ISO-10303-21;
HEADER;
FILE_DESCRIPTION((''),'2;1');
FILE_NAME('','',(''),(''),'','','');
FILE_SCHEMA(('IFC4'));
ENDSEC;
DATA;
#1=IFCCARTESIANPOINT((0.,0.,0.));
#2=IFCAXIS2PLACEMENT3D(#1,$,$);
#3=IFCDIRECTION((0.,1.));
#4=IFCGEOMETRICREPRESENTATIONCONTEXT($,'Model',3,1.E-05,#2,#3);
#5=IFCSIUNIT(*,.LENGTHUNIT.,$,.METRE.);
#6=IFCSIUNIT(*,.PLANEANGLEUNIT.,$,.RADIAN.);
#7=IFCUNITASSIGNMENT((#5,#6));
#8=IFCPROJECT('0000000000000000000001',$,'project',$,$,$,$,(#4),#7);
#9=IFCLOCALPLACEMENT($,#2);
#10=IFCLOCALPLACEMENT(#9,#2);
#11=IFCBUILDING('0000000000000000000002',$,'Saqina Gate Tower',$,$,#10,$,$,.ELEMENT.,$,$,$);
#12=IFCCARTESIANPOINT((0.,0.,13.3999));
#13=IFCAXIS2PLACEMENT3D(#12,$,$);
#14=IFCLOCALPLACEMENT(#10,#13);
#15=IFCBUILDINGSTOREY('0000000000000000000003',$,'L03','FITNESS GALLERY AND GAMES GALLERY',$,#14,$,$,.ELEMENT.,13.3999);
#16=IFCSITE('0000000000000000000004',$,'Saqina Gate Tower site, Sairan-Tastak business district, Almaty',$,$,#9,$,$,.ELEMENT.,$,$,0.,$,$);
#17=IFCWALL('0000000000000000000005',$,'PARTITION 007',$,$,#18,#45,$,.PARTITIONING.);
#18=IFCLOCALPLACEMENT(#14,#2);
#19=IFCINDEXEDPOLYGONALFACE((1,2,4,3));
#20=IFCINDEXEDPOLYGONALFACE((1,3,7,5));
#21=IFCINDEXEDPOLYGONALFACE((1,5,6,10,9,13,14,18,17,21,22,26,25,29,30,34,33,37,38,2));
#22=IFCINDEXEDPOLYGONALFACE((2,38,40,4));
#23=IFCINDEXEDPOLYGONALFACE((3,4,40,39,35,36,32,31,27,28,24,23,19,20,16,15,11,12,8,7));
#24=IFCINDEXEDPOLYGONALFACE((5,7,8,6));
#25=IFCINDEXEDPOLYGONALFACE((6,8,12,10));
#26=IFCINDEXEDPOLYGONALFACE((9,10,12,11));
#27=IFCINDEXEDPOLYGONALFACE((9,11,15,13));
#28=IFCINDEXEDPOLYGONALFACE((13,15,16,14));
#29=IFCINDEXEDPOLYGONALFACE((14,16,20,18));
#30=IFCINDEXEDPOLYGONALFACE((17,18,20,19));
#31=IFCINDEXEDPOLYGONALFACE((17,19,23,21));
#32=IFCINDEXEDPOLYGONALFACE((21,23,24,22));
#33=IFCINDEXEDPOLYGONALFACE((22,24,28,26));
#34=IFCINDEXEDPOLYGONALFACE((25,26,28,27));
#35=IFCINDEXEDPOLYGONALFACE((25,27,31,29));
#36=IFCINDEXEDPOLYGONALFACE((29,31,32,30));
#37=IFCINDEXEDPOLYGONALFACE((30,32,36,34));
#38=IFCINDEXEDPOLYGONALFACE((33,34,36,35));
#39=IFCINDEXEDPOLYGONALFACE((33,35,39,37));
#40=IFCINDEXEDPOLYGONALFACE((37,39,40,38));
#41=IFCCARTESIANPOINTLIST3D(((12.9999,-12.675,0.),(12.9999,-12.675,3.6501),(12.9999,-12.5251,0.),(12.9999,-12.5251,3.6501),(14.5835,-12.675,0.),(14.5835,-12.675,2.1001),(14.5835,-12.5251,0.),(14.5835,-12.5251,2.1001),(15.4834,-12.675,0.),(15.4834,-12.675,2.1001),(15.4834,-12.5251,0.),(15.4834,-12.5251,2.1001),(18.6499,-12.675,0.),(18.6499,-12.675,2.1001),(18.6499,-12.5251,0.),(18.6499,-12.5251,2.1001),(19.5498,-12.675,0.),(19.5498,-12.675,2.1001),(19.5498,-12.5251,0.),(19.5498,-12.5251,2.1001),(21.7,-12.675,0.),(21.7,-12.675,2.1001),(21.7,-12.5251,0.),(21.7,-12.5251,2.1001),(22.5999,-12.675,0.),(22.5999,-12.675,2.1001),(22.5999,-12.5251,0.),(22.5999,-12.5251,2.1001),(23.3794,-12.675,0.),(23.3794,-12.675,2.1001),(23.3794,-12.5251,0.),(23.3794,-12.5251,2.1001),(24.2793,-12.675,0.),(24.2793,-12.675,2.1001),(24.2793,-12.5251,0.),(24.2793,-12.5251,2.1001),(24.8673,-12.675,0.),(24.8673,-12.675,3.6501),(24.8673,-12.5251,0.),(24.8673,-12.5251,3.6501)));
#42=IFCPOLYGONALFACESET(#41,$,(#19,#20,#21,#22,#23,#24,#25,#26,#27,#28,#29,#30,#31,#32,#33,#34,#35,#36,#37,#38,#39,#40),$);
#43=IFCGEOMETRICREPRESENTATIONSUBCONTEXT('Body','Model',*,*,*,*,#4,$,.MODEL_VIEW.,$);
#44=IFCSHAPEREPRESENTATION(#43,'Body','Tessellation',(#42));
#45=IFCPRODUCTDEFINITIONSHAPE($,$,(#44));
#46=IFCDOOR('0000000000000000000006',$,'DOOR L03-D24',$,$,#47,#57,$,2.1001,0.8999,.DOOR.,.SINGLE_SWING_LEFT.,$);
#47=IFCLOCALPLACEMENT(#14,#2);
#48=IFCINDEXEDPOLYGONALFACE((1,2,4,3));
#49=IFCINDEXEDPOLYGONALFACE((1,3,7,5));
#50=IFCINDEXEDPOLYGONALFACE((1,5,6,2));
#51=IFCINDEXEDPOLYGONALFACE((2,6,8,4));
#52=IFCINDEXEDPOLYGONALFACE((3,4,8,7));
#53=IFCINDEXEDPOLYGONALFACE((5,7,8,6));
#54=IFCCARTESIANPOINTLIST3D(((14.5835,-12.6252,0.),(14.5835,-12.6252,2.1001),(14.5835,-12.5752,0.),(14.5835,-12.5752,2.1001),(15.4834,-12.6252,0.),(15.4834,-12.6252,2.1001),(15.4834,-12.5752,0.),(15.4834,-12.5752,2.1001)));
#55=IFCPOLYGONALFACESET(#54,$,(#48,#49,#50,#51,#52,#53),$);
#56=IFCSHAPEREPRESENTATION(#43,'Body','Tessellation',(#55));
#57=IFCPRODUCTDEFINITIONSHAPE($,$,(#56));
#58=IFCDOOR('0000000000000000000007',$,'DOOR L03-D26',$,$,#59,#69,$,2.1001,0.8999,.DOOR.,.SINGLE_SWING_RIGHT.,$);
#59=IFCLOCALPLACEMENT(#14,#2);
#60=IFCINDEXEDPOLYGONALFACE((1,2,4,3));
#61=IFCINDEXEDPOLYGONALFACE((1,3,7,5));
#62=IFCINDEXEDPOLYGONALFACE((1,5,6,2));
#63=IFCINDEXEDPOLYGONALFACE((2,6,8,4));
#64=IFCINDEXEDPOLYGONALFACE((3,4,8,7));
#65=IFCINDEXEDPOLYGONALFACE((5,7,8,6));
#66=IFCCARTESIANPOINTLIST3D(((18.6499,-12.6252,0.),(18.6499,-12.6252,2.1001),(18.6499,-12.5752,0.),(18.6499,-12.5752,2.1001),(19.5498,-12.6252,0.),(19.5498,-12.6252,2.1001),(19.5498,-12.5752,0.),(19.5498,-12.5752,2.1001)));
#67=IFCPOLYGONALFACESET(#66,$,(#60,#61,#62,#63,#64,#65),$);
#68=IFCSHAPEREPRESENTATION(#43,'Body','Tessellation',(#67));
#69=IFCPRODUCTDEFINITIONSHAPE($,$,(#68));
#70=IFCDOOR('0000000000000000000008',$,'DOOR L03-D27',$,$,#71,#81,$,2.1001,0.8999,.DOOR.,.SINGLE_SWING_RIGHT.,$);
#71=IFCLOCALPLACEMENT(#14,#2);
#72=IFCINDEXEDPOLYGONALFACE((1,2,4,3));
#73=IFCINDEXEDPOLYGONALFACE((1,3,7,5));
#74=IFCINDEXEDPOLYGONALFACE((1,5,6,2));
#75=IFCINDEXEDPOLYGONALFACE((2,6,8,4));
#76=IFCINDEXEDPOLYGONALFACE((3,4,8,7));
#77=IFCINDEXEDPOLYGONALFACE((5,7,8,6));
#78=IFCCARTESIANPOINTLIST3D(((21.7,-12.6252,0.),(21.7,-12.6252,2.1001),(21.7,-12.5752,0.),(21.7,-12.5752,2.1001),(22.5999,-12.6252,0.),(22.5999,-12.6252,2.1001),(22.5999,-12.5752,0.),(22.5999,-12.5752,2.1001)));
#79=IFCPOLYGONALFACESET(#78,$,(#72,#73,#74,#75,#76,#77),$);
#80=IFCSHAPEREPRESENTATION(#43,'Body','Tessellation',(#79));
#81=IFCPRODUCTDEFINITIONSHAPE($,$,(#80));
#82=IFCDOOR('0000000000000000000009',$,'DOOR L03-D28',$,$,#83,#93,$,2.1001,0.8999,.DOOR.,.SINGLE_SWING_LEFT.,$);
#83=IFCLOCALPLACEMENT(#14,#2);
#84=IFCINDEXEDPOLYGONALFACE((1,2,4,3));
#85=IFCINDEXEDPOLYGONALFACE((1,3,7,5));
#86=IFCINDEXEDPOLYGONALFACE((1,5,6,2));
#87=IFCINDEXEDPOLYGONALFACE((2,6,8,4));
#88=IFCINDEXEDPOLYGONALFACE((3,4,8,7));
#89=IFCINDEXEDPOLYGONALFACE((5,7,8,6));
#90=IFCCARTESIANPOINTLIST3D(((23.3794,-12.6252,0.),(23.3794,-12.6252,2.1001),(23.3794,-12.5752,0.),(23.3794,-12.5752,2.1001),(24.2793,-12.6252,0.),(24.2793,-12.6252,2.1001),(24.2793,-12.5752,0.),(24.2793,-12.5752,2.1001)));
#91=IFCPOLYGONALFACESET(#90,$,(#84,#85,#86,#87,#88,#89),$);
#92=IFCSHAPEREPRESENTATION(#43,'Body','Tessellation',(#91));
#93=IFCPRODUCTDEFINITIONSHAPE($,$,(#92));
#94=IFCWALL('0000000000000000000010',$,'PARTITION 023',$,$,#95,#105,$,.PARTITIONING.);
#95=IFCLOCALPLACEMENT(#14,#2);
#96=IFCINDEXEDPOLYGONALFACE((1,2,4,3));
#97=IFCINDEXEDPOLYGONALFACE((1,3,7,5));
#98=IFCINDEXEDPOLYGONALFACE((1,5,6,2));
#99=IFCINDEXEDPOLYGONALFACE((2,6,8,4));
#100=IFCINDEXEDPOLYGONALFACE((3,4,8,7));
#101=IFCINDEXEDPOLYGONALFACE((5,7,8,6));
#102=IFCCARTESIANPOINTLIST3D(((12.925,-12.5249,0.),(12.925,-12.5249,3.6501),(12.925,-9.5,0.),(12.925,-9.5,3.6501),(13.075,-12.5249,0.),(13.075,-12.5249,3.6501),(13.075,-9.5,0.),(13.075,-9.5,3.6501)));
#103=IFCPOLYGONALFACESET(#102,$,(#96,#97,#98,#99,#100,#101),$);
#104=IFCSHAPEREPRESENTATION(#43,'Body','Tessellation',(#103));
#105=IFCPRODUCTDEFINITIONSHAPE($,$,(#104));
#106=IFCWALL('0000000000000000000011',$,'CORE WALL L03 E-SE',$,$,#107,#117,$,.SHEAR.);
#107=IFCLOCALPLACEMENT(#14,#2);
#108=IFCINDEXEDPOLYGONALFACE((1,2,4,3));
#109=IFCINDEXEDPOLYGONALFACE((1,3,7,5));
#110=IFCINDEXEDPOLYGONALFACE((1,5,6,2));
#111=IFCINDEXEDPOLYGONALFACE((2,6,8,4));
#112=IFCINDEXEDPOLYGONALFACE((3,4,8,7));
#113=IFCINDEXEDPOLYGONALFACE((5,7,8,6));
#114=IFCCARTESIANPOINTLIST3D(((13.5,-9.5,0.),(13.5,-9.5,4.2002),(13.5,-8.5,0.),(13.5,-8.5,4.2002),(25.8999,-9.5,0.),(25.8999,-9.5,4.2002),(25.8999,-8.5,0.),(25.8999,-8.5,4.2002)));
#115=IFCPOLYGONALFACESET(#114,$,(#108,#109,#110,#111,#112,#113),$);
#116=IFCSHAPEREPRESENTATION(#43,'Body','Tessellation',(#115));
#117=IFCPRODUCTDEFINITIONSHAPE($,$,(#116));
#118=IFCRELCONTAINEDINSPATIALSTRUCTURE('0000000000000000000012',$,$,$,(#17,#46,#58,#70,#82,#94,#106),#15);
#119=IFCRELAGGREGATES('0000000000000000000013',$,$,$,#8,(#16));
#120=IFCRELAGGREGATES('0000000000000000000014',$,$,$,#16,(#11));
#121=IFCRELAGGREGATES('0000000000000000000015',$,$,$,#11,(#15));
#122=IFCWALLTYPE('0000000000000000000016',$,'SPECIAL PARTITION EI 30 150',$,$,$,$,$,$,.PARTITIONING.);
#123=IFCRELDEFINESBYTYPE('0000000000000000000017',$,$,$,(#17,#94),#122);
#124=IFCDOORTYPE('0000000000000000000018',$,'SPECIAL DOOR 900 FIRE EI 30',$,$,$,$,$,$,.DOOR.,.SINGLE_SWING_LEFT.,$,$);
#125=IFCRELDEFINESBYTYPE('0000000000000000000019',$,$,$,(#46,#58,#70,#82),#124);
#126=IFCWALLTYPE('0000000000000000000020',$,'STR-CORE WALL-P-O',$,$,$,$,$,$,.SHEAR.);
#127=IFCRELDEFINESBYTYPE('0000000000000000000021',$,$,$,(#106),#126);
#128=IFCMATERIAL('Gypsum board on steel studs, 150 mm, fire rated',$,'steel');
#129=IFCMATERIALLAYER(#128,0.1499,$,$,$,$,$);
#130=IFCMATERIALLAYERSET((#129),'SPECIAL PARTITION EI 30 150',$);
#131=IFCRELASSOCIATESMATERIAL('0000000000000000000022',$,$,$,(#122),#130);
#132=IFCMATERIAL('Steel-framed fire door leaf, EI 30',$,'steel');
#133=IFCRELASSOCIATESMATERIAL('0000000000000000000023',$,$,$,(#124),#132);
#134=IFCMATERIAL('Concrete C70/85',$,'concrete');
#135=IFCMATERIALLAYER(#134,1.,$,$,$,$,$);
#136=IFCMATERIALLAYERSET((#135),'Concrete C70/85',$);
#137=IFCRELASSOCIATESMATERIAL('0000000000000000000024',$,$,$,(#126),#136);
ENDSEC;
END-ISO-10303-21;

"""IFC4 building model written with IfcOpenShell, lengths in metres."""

from ifc_helpers import new_model, si_unit, direction, frame, frame_2d, origin, place, context, subcontext, project, spatial, rectangle, extrude, material, layer, layer_set, type_object, element, fill, save


model = new_model("IFC4")

# Units and contexts
model_context = context("Model", 3, precision=1e-05, world=origin(), true_north=direction((0.0, 1.0)))
body_context = subcontext(model_context, "Body", "Model", "MODEL_VIEW")
ifc_project = project(units=[si_unit("LENGTHUNIT", "METRE"), si_unit("PLANEANGLEUNIT", "RADIAN")], contexts=[model_context])

# Site, building, storey
site_placement = place(None, origin())
site = spatial("IfcSite", under=ifc_project, at=site_placement, Name="Saqina Gate Tower site, Sairan-Tastak business district, Almaty", CompositionType="ELEMENT", RefElevation=0.0)
building_placement = place(site_placement, origin())
building = spatial("IfcBuilding", under=site, at=building_placement, Name="Saqina Gate Tower", CompositionType="ELEMENT")
storey_placement = place(building_placement, frame((0.0, 0.0, 13.3999)))
storey = spatial("IfcBuildingStorey", under=building, at=storey_placement, Name="L03", Description="FITNESS GALLERY AND GAMES GALLERY", CompositionType="ELEMENT", Elevation=13.3999)

# Wall, openings, doors
ifc_material_1 = material(Name="Gypsum board on steel studs, 150 mm, fire rated", Category="steel")
ifc_layer_1 = layer(ifc_material_1, 0.1499)
ifc_layer_set_1 = layer_set([ifc_layer_1], Name="SPECIAL PARTITION EI 30 150")
wall_type_1 = type_object("IfcWallType", Name="SPECIAL PARTITION EI 30 150", PredefinedType="PARTITIONING", material=ifc_layer_set_1)
wall_1_placement = place(storey_placement, frame((13.0, -12.6001, 0.0), z_axis=(0.0, 0.0, 1.0), x_axis=(1.0, 0.0, 0.0)))
wall_1 = element("IfcWall", 1, at=wall_1_placement, inside=storey, type_object=wall_type_1, Name="PARTITION 007", PredefinedType="PARTITIONING", context=body_context, shape_type="SweptSolid", body=[
    extrude(rectangle(XDim=11.8674, YDim=0.1499, at=frame_2d((5.9336, 0.0))), origin(), (0.0, 0.0, 1.0), 3.6501),
])
opening_1_placement = place(wall_1_placement, frame((1.5835, 0.0, 0.0)))
opening_1 = element("IfcOpeningElement", 2, at=opening_1_placement, cuts=wall_1, PredefinedType="OPENING", context=body_context, shape_type="SweptSolid", body=[
    extrude(rectangle(XDim=0.8999, YDim=2.1001, at=frame_2d((0.45, 1.05))), frame((0.0, 0.0869, 0.0), z_axis=(0.0, -1.0, 0.0), x_axis=(1.0, 0.0, 0.0)), (0.0, 0.0, 1.0), 0.1738),
])
opening_2_placement = place(wall_1_placement, frame((5.6499, 0.0, 0.0)))
opening_2 = element("IfcOpeningElement", 3, at=opening_2_placement, cuts=wall_1, PredefinedType="OPENING", context=body_context, shape_type="SweptSolid", body=[
    extrude(rectangle(XDim=0.8999, YDim=2.1001, at=frame_2d((0.45, 1.05))), frame((0.0, 0.0869, 0.0), z_axis=(0.0, -1.0, 0.0), x_axis=(1.0, 0.0, 0.0)), (0.0, 0.0, 1.0), 0.1738),
])
opening_3_placement = place(wall_1_placement, frame((8.7, 0.0, 0.0)))
opening_3 = element("IfcOpeningElement", 4, at=opening_3_placement, cuts=wall_1, PredefinedType="OPENING", context=body_context, shape_type="SweptSolid", body=[
    extrude(rectangle(XDim=0.8999, YDim=2.1001, at=frame_2d((0.45, 1.05))), frame((0.0, 0.0869, 0.0), z_axis=(0.0, -1.0, 0.0), x_axis=(1.0, 0.0, 0.0)), (0.0, 0.0, 1.0), 0.1738),
])
opening_4_placement = place(wall_1_placement, frame((10.3794, 0.0, 0.0)))
opening_4 = element("IfcOpeningElement", 5, at=opening_4_placement, cuts=wall_1, PredefinedType="OPENING", context=body_context, shape_type="SweptSolid", body=[
    extrude(rectangle(XDim=0.8999, YDim=2.1001, at=frame_2d((0.45, 1.05))), frame((0.0, 0.0869, 0.0), z_axis=(0.0, -1.0, 0.0), x_axis=(1.0, 0.0, 0.0)), (0.0, 0.0, 1.0), 0.1738),
])
ifc_material_2 = material(Name="Steel-framed fire door leaf, EI 30", Category="steel")
door_type_1 = type_object("IfcDoorType", Name="SPECIAL DOOR 900 FIRE EI 30", OperationType="SINGLE_SWING_LEFT", PredefinedType="DOOR", material=ifc_material_2)
door_1_placement = place(opening_1_placement, origin())
door_1 = element("IfcDoor", 6, at=door_1_placement, inside=storey, type_object=door_type_1, Name="DOOR L03-D24", OperationType="SINGLE_SWING_LEFT", OverallHeight=2.1001, OverallWidth=0.8999, PredefinedType="DOOR", context=body_context, shape_type="SweptSolid", body=[
    extrude(rectangle(XDim=0.8999, YDim=2.1001, at=frame_2d((0.45, 1.05))), frame((0.0, 0.0249, 0.0), z_axis=(0.0, -1.0, 0.0), x_axis=(1.0, 0.0, 0.0)), (0.0, 0.0, 1.0), 0.05),
])
fill(opening_1, door_1)
door_2_placement = place(opening_2_placement, origin())
door_2 = element("IfcDoor", 7, at=door_2_placement, inside=storey, type_object=door_type_1, Name="DOOR L03-D26", OperationType="SINGLE_SWING_RIGHT", OverallHeight=2.1001, OverallWidth=0.8999, PredefinedType="DOOR", context=body_context, shape_type="SweptSolid", body=[
    extrude(rectangle(XDim=0.8999, YDim=2.1001, at=frame_2d((0.45, 1.05))), frame((0.0, 0.0249, 0.0), z_axis=(0.0, -1.0, 0.0), x_axis=(1.0, 0.0, 0.0)), (0.0, 0.0, 1.0), 0.05),
])
fill(opening_2, door_2)
door_3_placement = place(opening_3_placement, origin())
door_3 = element("IfcDoor", 8, at=door_3_placement, inside=storey, type_object=door_type_1, Name="DOOR L03-D27", OperationType="SINGLE_SWING_RIGHT", OverallHeight=2.1001, OverallWidth=0.8999, PredefinedType="DOOR", context=body_context, shape_type="SweptSolid", body=[
    extrude(rectangle(XDim=0.8999, YDim=2.1001, at=frame_2d((0.45, 1.05))), frame((0.0, 0.0249, 0.0), z_axis=(0.0, -1.0, 0.0), x_axis=(1.0, 0.0, 0.0)), (0.0, 0.0, 1.0), 0.05),
])
fill(opening_3, door_3)
door_4_placement = place(opening_4_placement, origin())
door_4 = element("IfcDoor", 9, at=door_4_placement, inside=storey, type_object=door_type_1, Name="DOOR L03-D28", OperationType="SINGLE_SWING_LEFT", OverallHeight=2.1001, OverallWidth=0.8999, PredefinedType="DOOR", context=body_context, shape_type="SweptSolid", body=[
    extrude(rectangle(XDim=0.8999, YDim=2.1001, at=frame_2d((0.45, 1.05))), frame((0.0, 0.0249, 0.0), z_axis=(0.0, -1.0, 0.0), x_axis=(1.0, 0.0, 0.0)), (0.0, 0.0, 1.0), 0.05),
])
fill(opening_4, door_4)

# Wall
wall_2_placement = place(storey_placement, frame((13.0, -12.5249, 0.0), z_axis=(0.0, 0.0, 1.0), x_axis=(0.0, 1.0, 0.0)))
element("IfcWall", 10, at=wall_2_placement, inside=storey, type_object=wall_type_1, Name="PARTITION 023", PredefinedType="PARTITIONING", context=body_context, shape_type="SweptSolid", body=[
    extrude(rectangle(XDim=3.0249, YDim=0.1499, at=frame_2d((1.5125, 0.0))), origin(), (0.0, 0.0, 1.0), 3.6501),
])

# Shared definitions
ifc_material_3 = material(Name="Concrete C70/85", Category="concrete")
ifc_layer_2 = layer(ifc_material_3, 1.0)
ifc_layer_set_2 = layer_set([ifc_layer_2], Name="Concrete C70/85")
wall_type_2 = type_object("IfcWallType", Name="STR-CORE WALL-P-O", PredefinedType="SHEAR", material=ifc_layer_set_2)

# Wall
wall_3_placement = place(storey_placement, frame((13.5, -9.0, 0.0), z_axis=(0.0, 0.0, 1.0), x_axis=(1.0, 0.0, 0.0)))
element("IfcWall", 11, at=wall_3_placement, inside=storey, type_object=wall_type_2, Name="CORE WALL L03 E-SE", PredefinedType="SHEAR", context=body_context, shape_type="SweptSolid", body=[
    extrude(rectangle(XDim=12.3999, YDim=1.0, at=frame_2d((6.2, 0.0))), origin(), (0.0, 0.0, 1.0), 4.2002),
])

save(model, "model.ifc")
